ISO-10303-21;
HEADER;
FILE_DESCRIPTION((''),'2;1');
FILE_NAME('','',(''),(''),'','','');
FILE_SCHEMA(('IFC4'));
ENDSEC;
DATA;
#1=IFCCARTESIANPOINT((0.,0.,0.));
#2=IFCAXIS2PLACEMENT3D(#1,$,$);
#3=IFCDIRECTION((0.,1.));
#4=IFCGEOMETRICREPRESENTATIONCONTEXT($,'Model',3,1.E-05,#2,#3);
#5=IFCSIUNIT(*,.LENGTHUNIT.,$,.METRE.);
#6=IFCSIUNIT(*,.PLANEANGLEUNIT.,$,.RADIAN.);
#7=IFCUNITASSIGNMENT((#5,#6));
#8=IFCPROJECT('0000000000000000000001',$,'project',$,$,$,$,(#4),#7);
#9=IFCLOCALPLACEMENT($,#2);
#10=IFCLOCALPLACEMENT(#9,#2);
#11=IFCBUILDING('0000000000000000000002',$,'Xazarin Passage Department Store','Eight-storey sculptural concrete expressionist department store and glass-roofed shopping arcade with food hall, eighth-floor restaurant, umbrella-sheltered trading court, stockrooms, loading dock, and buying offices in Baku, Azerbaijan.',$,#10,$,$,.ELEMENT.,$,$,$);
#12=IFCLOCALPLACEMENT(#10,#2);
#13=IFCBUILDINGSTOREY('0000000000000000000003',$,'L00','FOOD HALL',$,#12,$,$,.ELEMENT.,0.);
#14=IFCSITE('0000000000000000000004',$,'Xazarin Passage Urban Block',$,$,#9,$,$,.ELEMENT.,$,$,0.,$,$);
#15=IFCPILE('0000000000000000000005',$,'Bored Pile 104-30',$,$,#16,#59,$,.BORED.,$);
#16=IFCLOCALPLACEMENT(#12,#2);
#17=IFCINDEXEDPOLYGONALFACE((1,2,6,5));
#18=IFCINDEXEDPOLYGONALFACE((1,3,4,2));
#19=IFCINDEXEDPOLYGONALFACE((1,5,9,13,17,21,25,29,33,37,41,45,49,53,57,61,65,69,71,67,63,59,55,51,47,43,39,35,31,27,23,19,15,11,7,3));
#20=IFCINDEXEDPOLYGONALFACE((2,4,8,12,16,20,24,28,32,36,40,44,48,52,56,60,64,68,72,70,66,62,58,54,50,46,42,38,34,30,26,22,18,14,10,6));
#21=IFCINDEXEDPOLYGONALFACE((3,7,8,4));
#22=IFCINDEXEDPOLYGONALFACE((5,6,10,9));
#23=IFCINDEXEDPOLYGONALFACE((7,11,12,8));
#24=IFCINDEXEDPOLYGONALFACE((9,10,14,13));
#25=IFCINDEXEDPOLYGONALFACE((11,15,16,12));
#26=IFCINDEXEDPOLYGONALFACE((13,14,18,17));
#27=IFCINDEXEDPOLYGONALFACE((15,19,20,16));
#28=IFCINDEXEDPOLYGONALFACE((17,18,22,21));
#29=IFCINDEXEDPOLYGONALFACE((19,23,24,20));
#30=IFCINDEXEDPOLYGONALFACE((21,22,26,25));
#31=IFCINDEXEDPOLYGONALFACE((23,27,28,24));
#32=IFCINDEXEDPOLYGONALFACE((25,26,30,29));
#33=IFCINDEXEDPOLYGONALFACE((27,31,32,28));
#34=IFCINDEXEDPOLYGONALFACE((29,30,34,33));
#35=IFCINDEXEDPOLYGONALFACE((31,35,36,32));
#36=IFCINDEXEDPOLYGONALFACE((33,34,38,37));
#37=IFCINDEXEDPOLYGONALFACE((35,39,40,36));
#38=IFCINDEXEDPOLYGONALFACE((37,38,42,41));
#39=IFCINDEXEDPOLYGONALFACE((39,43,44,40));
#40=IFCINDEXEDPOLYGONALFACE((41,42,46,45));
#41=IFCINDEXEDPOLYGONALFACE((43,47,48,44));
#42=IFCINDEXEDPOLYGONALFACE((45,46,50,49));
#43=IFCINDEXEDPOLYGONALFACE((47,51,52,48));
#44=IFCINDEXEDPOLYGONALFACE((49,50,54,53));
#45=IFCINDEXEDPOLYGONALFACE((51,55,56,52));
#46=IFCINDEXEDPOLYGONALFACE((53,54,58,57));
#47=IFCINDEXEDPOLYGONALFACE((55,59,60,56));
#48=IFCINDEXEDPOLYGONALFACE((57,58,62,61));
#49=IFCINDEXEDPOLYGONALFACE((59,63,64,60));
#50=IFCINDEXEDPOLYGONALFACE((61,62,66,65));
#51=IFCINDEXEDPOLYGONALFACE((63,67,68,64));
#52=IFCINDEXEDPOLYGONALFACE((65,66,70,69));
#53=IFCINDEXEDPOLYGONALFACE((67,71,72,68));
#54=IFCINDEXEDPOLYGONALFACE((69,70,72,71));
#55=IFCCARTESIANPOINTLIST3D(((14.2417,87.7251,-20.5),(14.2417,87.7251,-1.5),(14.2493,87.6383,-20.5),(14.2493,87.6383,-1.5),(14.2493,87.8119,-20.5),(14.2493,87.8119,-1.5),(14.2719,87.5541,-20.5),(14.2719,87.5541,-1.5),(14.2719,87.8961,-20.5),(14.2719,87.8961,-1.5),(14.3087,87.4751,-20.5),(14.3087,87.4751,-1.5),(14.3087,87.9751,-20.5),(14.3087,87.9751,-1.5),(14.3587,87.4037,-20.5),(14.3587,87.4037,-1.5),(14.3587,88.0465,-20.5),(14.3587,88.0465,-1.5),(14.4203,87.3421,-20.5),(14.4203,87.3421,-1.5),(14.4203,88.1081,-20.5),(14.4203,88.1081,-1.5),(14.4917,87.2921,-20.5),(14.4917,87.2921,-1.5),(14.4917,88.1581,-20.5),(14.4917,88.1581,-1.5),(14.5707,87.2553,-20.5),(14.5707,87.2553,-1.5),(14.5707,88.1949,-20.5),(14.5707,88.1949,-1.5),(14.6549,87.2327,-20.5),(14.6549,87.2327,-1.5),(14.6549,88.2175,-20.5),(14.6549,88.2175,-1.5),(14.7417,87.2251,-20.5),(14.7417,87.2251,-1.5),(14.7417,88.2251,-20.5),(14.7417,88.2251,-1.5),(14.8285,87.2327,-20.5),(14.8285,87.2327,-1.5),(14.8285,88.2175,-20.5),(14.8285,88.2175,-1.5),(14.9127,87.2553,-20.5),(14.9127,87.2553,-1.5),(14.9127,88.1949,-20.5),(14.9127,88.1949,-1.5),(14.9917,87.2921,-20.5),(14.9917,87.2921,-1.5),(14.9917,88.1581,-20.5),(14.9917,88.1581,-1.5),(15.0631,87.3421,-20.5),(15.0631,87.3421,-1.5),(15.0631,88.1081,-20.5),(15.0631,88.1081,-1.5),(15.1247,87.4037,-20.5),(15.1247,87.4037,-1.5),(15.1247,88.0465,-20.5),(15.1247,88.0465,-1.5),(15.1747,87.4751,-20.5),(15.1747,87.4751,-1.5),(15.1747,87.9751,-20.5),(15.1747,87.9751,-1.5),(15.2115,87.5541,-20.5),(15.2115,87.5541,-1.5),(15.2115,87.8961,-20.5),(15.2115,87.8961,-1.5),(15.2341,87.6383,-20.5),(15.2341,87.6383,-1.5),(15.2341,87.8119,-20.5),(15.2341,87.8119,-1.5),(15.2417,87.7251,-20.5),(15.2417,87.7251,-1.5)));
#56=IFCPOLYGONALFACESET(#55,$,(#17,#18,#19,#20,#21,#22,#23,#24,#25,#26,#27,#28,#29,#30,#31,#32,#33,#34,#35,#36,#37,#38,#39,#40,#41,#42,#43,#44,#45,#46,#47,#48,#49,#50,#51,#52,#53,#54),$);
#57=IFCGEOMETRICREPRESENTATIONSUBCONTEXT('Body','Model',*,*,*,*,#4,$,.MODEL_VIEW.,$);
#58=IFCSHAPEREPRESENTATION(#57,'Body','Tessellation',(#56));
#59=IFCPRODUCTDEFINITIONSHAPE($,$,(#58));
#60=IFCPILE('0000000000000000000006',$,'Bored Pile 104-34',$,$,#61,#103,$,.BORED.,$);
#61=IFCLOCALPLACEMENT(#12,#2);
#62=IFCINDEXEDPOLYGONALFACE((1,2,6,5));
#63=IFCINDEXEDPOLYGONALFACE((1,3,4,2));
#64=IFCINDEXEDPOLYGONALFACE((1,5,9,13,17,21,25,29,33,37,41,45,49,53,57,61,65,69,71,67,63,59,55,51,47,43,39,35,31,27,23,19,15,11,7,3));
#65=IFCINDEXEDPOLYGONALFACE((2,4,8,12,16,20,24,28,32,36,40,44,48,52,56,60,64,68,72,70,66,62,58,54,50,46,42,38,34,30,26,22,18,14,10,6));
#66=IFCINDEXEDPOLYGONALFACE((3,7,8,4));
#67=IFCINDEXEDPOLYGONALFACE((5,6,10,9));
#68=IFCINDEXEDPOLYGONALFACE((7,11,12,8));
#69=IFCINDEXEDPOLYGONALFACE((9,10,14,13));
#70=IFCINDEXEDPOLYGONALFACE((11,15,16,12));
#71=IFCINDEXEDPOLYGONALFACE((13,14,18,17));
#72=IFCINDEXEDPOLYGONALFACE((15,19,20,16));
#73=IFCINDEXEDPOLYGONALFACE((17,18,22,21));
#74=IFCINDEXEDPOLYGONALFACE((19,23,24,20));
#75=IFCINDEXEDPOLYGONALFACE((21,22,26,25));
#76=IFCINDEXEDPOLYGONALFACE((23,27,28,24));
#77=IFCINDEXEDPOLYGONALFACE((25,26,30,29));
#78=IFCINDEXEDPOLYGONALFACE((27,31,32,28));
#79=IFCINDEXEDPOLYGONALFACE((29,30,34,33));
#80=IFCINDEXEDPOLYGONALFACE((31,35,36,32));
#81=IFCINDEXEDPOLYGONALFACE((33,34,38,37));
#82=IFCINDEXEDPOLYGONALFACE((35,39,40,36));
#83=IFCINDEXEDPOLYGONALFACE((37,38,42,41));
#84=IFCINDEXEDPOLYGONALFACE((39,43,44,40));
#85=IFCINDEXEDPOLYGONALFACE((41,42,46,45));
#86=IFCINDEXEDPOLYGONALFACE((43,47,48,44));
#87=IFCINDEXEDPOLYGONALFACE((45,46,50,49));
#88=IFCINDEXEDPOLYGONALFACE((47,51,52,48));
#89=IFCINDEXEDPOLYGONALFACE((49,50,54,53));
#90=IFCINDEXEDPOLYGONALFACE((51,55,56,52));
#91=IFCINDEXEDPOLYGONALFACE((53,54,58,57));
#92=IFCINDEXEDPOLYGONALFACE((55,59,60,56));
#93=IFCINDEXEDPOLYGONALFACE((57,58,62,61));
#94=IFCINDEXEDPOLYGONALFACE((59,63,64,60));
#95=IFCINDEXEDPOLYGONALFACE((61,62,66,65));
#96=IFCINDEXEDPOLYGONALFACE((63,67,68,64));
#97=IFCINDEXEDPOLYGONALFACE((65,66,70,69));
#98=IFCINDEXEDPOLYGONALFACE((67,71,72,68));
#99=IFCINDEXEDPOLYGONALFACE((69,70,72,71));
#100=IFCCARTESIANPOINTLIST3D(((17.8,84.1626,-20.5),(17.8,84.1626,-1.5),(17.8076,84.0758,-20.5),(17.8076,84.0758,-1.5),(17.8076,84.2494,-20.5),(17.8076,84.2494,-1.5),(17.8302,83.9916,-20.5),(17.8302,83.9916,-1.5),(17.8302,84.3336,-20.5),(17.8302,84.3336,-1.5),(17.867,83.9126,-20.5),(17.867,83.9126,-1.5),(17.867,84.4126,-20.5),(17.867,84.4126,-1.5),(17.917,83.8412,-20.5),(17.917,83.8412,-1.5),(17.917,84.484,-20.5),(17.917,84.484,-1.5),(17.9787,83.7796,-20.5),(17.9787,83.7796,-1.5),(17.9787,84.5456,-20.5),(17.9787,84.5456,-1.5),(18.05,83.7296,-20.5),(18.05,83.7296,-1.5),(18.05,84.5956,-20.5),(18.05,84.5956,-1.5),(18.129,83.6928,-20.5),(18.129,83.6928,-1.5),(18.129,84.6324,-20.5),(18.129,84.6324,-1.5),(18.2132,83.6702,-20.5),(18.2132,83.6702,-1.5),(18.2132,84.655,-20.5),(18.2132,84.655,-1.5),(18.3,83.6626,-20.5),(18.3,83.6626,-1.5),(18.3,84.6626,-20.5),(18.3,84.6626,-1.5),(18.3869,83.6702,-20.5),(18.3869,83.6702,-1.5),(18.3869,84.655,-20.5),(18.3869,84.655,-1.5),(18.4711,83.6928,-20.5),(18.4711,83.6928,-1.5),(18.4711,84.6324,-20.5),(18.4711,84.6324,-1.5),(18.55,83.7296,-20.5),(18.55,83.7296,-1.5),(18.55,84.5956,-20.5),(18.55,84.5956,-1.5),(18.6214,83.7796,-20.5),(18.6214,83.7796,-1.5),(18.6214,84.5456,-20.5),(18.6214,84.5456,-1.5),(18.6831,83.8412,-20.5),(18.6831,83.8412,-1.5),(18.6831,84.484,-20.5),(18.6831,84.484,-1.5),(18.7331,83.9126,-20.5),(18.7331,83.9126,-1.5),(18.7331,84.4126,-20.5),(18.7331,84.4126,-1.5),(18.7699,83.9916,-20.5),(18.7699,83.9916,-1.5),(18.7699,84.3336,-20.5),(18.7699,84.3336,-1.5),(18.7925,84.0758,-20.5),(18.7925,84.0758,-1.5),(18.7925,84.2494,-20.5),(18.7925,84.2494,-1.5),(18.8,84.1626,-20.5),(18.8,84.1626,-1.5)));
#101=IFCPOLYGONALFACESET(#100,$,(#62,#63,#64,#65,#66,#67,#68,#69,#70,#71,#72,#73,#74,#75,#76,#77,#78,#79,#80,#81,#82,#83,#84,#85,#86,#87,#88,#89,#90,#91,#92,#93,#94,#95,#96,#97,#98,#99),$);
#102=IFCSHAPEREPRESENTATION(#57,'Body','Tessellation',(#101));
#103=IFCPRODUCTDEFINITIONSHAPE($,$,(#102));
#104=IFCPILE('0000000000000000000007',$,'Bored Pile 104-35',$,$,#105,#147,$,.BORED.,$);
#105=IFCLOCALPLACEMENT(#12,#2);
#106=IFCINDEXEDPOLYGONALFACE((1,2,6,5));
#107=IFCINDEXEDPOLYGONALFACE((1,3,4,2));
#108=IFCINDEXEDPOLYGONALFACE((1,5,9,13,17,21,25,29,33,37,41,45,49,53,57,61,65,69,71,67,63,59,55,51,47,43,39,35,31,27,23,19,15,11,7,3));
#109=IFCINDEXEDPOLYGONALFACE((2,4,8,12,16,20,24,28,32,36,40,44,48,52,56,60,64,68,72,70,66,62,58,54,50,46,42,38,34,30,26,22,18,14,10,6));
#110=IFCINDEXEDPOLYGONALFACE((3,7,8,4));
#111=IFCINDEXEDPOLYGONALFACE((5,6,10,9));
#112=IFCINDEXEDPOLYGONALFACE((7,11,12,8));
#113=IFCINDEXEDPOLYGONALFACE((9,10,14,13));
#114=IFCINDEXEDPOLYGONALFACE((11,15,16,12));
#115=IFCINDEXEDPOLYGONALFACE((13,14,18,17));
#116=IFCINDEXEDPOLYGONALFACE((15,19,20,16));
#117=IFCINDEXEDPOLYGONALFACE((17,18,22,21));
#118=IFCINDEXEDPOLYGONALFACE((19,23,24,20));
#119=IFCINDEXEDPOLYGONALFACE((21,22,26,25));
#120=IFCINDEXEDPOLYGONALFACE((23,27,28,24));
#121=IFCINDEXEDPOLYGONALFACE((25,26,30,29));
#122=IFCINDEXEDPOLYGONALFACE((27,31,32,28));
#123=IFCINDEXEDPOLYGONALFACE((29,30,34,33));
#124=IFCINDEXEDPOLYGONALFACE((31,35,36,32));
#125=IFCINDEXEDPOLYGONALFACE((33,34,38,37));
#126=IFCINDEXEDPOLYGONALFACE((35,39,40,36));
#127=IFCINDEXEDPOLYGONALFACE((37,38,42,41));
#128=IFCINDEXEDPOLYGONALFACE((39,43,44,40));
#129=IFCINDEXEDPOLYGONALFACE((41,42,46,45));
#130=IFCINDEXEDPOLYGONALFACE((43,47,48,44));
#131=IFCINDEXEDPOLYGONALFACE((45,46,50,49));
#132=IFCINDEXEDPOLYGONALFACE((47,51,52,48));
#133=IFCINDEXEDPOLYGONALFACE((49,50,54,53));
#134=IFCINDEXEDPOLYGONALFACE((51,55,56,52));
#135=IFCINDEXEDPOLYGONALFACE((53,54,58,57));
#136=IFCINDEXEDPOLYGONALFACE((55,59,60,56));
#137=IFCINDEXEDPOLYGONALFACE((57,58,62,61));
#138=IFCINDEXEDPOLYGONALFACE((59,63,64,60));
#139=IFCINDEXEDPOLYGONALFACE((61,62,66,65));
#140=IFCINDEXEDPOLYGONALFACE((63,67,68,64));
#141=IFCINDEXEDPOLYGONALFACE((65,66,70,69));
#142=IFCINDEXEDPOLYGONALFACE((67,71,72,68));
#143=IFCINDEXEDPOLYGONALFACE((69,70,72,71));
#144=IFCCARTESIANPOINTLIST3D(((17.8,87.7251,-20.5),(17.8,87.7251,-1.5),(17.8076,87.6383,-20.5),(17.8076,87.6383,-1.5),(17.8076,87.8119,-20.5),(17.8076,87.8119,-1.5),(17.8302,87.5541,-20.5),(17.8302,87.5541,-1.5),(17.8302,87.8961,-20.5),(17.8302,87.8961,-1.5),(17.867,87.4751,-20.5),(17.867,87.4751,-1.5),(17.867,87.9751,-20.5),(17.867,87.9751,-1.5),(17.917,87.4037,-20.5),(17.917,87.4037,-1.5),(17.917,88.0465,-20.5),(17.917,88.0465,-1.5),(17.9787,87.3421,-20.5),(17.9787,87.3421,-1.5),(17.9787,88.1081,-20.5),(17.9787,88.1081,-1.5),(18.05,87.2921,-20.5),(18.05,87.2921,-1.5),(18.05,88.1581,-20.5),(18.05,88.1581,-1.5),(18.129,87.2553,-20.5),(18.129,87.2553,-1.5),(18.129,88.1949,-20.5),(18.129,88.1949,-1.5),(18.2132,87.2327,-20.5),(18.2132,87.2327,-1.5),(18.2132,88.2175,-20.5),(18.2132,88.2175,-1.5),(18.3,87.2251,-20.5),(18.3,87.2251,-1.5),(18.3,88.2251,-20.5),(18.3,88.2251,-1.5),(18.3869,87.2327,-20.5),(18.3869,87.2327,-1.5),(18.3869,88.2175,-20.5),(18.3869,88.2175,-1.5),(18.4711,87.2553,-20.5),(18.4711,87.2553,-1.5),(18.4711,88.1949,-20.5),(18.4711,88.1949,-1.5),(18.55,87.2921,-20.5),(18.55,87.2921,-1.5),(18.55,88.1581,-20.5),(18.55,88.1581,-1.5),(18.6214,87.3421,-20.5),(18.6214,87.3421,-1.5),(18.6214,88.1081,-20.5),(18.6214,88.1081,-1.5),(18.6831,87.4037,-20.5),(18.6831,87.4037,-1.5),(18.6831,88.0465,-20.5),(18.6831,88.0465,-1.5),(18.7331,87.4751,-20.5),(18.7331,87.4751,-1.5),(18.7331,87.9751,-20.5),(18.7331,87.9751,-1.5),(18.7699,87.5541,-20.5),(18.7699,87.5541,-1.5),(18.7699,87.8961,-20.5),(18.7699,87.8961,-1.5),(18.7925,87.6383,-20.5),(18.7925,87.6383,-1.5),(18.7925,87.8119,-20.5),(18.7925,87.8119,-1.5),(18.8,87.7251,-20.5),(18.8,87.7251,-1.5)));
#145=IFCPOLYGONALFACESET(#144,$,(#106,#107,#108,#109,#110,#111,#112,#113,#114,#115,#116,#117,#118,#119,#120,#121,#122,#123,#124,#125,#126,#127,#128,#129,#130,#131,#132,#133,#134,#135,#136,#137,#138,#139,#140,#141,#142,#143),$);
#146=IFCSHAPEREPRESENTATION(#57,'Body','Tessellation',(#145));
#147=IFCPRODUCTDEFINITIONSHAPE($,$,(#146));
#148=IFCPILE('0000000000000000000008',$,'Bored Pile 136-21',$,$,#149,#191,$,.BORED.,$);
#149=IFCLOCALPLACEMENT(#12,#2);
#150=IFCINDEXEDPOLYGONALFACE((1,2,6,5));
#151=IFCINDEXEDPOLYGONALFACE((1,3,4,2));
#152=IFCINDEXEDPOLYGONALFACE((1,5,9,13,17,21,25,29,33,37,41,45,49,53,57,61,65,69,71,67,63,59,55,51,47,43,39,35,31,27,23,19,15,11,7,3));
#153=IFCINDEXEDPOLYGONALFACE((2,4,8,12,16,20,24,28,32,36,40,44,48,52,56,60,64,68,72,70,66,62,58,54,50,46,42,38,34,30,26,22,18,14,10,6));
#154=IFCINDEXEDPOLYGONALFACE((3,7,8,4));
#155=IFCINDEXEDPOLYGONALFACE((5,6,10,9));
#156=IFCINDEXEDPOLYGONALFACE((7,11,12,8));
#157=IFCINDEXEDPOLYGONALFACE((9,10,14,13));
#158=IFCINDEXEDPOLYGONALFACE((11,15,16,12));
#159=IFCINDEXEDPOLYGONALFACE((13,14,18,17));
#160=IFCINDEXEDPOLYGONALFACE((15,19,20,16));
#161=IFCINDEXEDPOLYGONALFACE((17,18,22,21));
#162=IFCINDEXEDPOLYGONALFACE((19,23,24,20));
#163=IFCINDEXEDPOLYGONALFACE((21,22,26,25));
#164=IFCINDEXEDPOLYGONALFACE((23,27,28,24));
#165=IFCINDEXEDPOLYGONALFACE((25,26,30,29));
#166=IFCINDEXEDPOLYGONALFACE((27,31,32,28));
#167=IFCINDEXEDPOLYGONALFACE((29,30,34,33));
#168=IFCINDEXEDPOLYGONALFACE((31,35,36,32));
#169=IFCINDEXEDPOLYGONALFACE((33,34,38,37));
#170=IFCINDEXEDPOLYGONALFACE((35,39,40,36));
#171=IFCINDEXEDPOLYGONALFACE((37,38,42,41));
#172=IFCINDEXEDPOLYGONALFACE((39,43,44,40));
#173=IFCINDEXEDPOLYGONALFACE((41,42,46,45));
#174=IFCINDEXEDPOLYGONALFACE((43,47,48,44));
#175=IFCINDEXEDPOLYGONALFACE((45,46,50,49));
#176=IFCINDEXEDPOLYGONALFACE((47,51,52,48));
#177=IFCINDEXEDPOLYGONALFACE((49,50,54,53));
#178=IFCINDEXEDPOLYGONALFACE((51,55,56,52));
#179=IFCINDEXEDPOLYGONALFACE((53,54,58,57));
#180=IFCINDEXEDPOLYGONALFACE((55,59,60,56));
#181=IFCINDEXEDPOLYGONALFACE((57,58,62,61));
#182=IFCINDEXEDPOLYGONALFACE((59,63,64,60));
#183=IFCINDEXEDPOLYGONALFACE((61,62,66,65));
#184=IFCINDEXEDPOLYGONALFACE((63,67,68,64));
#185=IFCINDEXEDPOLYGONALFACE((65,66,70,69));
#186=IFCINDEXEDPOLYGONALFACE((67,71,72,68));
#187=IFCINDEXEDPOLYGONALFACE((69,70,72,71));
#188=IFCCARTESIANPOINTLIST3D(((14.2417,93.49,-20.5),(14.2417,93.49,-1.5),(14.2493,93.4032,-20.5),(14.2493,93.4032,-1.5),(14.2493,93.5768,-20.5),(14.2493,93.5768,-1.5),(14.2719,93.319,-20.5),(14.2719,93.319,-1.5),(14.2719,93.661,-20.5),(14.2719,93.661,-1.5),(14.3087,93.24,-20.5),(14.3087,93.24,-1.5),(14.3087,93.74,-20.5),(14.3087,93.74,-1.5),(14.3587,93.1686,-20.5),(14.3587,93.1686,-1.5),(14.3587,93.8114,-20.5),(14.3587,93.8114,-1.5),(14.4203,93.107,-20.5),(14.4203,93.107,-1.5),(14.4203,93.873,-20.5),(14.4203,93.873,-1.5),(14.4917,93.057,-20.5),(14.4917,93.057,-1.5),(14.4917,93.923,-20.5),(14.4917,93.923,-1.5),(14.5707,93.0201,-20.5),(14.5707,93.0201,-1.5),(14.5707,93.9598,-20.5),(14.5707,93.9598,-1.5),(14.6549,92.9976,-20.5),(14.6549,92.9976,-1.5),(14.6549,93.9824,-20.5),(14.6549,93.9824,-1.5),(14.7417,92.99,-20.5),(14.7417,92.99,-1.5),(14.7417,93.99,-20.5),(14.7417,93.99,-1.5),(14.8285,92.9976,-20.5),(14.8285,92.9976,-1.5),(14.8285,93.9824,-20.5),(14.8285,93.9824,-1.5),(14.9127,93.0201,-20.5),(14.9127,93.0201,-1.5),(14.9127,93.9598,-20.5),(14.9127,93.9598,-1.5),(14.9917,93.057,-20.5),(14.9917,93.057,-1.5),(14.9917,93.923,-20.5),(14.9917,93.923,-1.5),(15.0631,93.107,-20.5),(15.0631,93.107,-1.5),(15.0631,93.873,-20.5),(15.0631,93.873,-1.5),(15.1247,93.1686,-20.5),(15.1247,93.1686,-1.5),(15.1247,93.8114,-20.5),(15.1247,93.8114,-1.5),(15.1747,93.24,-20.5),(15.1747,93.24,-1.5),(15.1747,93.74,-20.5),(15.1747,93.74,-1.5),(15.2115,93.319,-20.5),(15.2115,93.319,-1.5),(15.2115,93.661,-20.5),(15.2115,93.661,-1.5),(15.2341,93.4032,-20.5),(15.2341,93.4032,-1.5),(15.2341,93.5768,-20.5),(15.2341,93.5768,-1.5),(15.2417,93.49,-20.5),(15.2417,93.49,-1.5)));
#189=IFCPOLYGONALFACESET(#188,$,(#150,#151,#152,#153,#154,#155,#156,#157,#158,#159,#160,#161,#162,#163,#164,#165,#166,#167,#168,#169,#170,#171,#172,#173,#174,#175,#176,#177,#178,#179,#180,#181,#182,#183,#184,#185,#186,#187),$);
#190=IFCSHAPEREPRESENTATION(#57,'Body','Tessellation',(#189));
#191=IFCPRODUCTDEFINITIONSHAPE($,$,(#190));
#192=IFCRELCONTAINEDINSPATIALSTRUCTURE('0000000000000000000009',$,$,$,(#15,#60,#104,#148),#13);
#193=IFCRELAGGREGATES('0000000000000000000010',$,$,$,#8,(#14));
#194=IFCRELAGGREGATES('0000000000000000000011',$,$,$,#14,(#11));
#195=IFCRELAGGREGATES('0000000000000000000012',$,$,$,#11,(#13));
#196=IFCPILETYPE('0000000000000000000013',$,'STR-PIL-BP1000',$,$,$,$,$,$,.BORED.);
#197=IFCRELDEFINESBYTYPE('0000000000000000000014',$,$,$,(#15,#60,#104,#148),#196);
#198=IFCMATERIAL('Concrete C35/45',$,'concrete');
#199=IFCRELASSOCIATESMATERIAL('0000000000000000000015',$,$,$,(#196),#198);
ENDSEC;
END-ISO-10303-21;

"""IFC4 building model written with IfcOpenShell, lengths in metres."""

from ifc_helpers import new_model, si_unit, direction, frame, origin, origin_2d, place, context, subcontext, project, spatial, circle, extrude, material, material_profile, profile_set, type_object, element, save


model = new_model("IFC4")

# Units and contexts
model_context = context("Model", 3, precision=1e-05, world=origin(), true_north=direction((0.0, 1.0)))
body_context = subcontext(model_context, "Body", "Model", "MODEL_VIEW")
ifc_project = project(units=[si_unit("LENGTHUNIT", "METRE"), si_unit("PLANEANGLEUNIT", "RADIAN")], contexts=[model_context])

# Site, building, storey
site_placement = place(None, origin())
site = spatial("IfcSite", under=ifc_project, at=site_placement, Name="Xazarin Passage Urban Block", CompositionType="ELEMENT", RefElevation=0.0)
building_placement = place(site_placement, origin())
building = spatial("IfcBuilding", under=site, at=building_placement, Name="Xazarin Passage Department Store", Description="Eight-storey sculptural concrete expressionist department store and glass-roofed shopping arcade with food hall, eighth-floor restaurant, umbrella-sheltered trading court, stockrooms, loading dock, and buying offices in Baku, Azerbaijan.", CompositionType="ELEMENT")
storey_placement = place(building_placement, origin())
storey = spatial("IfcBuildingStorey", under=building, at=storey_placement, Name="L00", Description="FOOD HALL", CompositionType="ELEMENT", Elevation=0.0)

# Piles
ifc_material_1 = material(Name="Concrete C35/45", Category="concrete")
ifc_material_profile_1 = material_profile(ifc_material_1, circle(Radius=0.5, at=origin_2d()), Name="BP 1000")
ifc_profile_set_1 = profile_set([ifc_material_profile_1], Name="Concrete C35/45")
pile_type_1 = type_object("IfcPileType", Name="STR-PIL-BP1000", PredefinedType="BORED", material=ifc_profile_set_1)
for number, where, z_axis, x_axis, name in (
    (1, (14.7417, 87.7251, -1.5), (0.0, 0.0, -1.0), (1.0, 0.0, 0.0), "Bored Pile 104-30"),
    (2, (18.3, 84.1626, -1.5), (0.0, 0.0, -1.0), (1.0, 0.0, 0.0), "Bored Pile 104-34"),
    (3, (18.3, 87.7251, -1.5), (0.0, 0.0, -1.0), (1.0, 0.0, 0.0), "Bored Pile 104-35"),
    (4, (14.7417, 93.49, -1.5), (0.0, 0.0, -1.0), (1.0, 0.0, 0.0), "Bored Pile 136-21"),
):
    element("IfcPile", number, at=place(storey_placement, frame(where, z_axis=z_axis, x_axis=x_axis)), inside=storey, type_object=pile_type_1, Name=name, PredefinedType="BORED", context=body_context, shape_type="SweptSolid", body=[
        extrude(circle(Radius=0.5, at=origin_2d()), origin(), (0.0, 0.0, 1.0), 19.0),
    ])

save(model, "model.ifc")
